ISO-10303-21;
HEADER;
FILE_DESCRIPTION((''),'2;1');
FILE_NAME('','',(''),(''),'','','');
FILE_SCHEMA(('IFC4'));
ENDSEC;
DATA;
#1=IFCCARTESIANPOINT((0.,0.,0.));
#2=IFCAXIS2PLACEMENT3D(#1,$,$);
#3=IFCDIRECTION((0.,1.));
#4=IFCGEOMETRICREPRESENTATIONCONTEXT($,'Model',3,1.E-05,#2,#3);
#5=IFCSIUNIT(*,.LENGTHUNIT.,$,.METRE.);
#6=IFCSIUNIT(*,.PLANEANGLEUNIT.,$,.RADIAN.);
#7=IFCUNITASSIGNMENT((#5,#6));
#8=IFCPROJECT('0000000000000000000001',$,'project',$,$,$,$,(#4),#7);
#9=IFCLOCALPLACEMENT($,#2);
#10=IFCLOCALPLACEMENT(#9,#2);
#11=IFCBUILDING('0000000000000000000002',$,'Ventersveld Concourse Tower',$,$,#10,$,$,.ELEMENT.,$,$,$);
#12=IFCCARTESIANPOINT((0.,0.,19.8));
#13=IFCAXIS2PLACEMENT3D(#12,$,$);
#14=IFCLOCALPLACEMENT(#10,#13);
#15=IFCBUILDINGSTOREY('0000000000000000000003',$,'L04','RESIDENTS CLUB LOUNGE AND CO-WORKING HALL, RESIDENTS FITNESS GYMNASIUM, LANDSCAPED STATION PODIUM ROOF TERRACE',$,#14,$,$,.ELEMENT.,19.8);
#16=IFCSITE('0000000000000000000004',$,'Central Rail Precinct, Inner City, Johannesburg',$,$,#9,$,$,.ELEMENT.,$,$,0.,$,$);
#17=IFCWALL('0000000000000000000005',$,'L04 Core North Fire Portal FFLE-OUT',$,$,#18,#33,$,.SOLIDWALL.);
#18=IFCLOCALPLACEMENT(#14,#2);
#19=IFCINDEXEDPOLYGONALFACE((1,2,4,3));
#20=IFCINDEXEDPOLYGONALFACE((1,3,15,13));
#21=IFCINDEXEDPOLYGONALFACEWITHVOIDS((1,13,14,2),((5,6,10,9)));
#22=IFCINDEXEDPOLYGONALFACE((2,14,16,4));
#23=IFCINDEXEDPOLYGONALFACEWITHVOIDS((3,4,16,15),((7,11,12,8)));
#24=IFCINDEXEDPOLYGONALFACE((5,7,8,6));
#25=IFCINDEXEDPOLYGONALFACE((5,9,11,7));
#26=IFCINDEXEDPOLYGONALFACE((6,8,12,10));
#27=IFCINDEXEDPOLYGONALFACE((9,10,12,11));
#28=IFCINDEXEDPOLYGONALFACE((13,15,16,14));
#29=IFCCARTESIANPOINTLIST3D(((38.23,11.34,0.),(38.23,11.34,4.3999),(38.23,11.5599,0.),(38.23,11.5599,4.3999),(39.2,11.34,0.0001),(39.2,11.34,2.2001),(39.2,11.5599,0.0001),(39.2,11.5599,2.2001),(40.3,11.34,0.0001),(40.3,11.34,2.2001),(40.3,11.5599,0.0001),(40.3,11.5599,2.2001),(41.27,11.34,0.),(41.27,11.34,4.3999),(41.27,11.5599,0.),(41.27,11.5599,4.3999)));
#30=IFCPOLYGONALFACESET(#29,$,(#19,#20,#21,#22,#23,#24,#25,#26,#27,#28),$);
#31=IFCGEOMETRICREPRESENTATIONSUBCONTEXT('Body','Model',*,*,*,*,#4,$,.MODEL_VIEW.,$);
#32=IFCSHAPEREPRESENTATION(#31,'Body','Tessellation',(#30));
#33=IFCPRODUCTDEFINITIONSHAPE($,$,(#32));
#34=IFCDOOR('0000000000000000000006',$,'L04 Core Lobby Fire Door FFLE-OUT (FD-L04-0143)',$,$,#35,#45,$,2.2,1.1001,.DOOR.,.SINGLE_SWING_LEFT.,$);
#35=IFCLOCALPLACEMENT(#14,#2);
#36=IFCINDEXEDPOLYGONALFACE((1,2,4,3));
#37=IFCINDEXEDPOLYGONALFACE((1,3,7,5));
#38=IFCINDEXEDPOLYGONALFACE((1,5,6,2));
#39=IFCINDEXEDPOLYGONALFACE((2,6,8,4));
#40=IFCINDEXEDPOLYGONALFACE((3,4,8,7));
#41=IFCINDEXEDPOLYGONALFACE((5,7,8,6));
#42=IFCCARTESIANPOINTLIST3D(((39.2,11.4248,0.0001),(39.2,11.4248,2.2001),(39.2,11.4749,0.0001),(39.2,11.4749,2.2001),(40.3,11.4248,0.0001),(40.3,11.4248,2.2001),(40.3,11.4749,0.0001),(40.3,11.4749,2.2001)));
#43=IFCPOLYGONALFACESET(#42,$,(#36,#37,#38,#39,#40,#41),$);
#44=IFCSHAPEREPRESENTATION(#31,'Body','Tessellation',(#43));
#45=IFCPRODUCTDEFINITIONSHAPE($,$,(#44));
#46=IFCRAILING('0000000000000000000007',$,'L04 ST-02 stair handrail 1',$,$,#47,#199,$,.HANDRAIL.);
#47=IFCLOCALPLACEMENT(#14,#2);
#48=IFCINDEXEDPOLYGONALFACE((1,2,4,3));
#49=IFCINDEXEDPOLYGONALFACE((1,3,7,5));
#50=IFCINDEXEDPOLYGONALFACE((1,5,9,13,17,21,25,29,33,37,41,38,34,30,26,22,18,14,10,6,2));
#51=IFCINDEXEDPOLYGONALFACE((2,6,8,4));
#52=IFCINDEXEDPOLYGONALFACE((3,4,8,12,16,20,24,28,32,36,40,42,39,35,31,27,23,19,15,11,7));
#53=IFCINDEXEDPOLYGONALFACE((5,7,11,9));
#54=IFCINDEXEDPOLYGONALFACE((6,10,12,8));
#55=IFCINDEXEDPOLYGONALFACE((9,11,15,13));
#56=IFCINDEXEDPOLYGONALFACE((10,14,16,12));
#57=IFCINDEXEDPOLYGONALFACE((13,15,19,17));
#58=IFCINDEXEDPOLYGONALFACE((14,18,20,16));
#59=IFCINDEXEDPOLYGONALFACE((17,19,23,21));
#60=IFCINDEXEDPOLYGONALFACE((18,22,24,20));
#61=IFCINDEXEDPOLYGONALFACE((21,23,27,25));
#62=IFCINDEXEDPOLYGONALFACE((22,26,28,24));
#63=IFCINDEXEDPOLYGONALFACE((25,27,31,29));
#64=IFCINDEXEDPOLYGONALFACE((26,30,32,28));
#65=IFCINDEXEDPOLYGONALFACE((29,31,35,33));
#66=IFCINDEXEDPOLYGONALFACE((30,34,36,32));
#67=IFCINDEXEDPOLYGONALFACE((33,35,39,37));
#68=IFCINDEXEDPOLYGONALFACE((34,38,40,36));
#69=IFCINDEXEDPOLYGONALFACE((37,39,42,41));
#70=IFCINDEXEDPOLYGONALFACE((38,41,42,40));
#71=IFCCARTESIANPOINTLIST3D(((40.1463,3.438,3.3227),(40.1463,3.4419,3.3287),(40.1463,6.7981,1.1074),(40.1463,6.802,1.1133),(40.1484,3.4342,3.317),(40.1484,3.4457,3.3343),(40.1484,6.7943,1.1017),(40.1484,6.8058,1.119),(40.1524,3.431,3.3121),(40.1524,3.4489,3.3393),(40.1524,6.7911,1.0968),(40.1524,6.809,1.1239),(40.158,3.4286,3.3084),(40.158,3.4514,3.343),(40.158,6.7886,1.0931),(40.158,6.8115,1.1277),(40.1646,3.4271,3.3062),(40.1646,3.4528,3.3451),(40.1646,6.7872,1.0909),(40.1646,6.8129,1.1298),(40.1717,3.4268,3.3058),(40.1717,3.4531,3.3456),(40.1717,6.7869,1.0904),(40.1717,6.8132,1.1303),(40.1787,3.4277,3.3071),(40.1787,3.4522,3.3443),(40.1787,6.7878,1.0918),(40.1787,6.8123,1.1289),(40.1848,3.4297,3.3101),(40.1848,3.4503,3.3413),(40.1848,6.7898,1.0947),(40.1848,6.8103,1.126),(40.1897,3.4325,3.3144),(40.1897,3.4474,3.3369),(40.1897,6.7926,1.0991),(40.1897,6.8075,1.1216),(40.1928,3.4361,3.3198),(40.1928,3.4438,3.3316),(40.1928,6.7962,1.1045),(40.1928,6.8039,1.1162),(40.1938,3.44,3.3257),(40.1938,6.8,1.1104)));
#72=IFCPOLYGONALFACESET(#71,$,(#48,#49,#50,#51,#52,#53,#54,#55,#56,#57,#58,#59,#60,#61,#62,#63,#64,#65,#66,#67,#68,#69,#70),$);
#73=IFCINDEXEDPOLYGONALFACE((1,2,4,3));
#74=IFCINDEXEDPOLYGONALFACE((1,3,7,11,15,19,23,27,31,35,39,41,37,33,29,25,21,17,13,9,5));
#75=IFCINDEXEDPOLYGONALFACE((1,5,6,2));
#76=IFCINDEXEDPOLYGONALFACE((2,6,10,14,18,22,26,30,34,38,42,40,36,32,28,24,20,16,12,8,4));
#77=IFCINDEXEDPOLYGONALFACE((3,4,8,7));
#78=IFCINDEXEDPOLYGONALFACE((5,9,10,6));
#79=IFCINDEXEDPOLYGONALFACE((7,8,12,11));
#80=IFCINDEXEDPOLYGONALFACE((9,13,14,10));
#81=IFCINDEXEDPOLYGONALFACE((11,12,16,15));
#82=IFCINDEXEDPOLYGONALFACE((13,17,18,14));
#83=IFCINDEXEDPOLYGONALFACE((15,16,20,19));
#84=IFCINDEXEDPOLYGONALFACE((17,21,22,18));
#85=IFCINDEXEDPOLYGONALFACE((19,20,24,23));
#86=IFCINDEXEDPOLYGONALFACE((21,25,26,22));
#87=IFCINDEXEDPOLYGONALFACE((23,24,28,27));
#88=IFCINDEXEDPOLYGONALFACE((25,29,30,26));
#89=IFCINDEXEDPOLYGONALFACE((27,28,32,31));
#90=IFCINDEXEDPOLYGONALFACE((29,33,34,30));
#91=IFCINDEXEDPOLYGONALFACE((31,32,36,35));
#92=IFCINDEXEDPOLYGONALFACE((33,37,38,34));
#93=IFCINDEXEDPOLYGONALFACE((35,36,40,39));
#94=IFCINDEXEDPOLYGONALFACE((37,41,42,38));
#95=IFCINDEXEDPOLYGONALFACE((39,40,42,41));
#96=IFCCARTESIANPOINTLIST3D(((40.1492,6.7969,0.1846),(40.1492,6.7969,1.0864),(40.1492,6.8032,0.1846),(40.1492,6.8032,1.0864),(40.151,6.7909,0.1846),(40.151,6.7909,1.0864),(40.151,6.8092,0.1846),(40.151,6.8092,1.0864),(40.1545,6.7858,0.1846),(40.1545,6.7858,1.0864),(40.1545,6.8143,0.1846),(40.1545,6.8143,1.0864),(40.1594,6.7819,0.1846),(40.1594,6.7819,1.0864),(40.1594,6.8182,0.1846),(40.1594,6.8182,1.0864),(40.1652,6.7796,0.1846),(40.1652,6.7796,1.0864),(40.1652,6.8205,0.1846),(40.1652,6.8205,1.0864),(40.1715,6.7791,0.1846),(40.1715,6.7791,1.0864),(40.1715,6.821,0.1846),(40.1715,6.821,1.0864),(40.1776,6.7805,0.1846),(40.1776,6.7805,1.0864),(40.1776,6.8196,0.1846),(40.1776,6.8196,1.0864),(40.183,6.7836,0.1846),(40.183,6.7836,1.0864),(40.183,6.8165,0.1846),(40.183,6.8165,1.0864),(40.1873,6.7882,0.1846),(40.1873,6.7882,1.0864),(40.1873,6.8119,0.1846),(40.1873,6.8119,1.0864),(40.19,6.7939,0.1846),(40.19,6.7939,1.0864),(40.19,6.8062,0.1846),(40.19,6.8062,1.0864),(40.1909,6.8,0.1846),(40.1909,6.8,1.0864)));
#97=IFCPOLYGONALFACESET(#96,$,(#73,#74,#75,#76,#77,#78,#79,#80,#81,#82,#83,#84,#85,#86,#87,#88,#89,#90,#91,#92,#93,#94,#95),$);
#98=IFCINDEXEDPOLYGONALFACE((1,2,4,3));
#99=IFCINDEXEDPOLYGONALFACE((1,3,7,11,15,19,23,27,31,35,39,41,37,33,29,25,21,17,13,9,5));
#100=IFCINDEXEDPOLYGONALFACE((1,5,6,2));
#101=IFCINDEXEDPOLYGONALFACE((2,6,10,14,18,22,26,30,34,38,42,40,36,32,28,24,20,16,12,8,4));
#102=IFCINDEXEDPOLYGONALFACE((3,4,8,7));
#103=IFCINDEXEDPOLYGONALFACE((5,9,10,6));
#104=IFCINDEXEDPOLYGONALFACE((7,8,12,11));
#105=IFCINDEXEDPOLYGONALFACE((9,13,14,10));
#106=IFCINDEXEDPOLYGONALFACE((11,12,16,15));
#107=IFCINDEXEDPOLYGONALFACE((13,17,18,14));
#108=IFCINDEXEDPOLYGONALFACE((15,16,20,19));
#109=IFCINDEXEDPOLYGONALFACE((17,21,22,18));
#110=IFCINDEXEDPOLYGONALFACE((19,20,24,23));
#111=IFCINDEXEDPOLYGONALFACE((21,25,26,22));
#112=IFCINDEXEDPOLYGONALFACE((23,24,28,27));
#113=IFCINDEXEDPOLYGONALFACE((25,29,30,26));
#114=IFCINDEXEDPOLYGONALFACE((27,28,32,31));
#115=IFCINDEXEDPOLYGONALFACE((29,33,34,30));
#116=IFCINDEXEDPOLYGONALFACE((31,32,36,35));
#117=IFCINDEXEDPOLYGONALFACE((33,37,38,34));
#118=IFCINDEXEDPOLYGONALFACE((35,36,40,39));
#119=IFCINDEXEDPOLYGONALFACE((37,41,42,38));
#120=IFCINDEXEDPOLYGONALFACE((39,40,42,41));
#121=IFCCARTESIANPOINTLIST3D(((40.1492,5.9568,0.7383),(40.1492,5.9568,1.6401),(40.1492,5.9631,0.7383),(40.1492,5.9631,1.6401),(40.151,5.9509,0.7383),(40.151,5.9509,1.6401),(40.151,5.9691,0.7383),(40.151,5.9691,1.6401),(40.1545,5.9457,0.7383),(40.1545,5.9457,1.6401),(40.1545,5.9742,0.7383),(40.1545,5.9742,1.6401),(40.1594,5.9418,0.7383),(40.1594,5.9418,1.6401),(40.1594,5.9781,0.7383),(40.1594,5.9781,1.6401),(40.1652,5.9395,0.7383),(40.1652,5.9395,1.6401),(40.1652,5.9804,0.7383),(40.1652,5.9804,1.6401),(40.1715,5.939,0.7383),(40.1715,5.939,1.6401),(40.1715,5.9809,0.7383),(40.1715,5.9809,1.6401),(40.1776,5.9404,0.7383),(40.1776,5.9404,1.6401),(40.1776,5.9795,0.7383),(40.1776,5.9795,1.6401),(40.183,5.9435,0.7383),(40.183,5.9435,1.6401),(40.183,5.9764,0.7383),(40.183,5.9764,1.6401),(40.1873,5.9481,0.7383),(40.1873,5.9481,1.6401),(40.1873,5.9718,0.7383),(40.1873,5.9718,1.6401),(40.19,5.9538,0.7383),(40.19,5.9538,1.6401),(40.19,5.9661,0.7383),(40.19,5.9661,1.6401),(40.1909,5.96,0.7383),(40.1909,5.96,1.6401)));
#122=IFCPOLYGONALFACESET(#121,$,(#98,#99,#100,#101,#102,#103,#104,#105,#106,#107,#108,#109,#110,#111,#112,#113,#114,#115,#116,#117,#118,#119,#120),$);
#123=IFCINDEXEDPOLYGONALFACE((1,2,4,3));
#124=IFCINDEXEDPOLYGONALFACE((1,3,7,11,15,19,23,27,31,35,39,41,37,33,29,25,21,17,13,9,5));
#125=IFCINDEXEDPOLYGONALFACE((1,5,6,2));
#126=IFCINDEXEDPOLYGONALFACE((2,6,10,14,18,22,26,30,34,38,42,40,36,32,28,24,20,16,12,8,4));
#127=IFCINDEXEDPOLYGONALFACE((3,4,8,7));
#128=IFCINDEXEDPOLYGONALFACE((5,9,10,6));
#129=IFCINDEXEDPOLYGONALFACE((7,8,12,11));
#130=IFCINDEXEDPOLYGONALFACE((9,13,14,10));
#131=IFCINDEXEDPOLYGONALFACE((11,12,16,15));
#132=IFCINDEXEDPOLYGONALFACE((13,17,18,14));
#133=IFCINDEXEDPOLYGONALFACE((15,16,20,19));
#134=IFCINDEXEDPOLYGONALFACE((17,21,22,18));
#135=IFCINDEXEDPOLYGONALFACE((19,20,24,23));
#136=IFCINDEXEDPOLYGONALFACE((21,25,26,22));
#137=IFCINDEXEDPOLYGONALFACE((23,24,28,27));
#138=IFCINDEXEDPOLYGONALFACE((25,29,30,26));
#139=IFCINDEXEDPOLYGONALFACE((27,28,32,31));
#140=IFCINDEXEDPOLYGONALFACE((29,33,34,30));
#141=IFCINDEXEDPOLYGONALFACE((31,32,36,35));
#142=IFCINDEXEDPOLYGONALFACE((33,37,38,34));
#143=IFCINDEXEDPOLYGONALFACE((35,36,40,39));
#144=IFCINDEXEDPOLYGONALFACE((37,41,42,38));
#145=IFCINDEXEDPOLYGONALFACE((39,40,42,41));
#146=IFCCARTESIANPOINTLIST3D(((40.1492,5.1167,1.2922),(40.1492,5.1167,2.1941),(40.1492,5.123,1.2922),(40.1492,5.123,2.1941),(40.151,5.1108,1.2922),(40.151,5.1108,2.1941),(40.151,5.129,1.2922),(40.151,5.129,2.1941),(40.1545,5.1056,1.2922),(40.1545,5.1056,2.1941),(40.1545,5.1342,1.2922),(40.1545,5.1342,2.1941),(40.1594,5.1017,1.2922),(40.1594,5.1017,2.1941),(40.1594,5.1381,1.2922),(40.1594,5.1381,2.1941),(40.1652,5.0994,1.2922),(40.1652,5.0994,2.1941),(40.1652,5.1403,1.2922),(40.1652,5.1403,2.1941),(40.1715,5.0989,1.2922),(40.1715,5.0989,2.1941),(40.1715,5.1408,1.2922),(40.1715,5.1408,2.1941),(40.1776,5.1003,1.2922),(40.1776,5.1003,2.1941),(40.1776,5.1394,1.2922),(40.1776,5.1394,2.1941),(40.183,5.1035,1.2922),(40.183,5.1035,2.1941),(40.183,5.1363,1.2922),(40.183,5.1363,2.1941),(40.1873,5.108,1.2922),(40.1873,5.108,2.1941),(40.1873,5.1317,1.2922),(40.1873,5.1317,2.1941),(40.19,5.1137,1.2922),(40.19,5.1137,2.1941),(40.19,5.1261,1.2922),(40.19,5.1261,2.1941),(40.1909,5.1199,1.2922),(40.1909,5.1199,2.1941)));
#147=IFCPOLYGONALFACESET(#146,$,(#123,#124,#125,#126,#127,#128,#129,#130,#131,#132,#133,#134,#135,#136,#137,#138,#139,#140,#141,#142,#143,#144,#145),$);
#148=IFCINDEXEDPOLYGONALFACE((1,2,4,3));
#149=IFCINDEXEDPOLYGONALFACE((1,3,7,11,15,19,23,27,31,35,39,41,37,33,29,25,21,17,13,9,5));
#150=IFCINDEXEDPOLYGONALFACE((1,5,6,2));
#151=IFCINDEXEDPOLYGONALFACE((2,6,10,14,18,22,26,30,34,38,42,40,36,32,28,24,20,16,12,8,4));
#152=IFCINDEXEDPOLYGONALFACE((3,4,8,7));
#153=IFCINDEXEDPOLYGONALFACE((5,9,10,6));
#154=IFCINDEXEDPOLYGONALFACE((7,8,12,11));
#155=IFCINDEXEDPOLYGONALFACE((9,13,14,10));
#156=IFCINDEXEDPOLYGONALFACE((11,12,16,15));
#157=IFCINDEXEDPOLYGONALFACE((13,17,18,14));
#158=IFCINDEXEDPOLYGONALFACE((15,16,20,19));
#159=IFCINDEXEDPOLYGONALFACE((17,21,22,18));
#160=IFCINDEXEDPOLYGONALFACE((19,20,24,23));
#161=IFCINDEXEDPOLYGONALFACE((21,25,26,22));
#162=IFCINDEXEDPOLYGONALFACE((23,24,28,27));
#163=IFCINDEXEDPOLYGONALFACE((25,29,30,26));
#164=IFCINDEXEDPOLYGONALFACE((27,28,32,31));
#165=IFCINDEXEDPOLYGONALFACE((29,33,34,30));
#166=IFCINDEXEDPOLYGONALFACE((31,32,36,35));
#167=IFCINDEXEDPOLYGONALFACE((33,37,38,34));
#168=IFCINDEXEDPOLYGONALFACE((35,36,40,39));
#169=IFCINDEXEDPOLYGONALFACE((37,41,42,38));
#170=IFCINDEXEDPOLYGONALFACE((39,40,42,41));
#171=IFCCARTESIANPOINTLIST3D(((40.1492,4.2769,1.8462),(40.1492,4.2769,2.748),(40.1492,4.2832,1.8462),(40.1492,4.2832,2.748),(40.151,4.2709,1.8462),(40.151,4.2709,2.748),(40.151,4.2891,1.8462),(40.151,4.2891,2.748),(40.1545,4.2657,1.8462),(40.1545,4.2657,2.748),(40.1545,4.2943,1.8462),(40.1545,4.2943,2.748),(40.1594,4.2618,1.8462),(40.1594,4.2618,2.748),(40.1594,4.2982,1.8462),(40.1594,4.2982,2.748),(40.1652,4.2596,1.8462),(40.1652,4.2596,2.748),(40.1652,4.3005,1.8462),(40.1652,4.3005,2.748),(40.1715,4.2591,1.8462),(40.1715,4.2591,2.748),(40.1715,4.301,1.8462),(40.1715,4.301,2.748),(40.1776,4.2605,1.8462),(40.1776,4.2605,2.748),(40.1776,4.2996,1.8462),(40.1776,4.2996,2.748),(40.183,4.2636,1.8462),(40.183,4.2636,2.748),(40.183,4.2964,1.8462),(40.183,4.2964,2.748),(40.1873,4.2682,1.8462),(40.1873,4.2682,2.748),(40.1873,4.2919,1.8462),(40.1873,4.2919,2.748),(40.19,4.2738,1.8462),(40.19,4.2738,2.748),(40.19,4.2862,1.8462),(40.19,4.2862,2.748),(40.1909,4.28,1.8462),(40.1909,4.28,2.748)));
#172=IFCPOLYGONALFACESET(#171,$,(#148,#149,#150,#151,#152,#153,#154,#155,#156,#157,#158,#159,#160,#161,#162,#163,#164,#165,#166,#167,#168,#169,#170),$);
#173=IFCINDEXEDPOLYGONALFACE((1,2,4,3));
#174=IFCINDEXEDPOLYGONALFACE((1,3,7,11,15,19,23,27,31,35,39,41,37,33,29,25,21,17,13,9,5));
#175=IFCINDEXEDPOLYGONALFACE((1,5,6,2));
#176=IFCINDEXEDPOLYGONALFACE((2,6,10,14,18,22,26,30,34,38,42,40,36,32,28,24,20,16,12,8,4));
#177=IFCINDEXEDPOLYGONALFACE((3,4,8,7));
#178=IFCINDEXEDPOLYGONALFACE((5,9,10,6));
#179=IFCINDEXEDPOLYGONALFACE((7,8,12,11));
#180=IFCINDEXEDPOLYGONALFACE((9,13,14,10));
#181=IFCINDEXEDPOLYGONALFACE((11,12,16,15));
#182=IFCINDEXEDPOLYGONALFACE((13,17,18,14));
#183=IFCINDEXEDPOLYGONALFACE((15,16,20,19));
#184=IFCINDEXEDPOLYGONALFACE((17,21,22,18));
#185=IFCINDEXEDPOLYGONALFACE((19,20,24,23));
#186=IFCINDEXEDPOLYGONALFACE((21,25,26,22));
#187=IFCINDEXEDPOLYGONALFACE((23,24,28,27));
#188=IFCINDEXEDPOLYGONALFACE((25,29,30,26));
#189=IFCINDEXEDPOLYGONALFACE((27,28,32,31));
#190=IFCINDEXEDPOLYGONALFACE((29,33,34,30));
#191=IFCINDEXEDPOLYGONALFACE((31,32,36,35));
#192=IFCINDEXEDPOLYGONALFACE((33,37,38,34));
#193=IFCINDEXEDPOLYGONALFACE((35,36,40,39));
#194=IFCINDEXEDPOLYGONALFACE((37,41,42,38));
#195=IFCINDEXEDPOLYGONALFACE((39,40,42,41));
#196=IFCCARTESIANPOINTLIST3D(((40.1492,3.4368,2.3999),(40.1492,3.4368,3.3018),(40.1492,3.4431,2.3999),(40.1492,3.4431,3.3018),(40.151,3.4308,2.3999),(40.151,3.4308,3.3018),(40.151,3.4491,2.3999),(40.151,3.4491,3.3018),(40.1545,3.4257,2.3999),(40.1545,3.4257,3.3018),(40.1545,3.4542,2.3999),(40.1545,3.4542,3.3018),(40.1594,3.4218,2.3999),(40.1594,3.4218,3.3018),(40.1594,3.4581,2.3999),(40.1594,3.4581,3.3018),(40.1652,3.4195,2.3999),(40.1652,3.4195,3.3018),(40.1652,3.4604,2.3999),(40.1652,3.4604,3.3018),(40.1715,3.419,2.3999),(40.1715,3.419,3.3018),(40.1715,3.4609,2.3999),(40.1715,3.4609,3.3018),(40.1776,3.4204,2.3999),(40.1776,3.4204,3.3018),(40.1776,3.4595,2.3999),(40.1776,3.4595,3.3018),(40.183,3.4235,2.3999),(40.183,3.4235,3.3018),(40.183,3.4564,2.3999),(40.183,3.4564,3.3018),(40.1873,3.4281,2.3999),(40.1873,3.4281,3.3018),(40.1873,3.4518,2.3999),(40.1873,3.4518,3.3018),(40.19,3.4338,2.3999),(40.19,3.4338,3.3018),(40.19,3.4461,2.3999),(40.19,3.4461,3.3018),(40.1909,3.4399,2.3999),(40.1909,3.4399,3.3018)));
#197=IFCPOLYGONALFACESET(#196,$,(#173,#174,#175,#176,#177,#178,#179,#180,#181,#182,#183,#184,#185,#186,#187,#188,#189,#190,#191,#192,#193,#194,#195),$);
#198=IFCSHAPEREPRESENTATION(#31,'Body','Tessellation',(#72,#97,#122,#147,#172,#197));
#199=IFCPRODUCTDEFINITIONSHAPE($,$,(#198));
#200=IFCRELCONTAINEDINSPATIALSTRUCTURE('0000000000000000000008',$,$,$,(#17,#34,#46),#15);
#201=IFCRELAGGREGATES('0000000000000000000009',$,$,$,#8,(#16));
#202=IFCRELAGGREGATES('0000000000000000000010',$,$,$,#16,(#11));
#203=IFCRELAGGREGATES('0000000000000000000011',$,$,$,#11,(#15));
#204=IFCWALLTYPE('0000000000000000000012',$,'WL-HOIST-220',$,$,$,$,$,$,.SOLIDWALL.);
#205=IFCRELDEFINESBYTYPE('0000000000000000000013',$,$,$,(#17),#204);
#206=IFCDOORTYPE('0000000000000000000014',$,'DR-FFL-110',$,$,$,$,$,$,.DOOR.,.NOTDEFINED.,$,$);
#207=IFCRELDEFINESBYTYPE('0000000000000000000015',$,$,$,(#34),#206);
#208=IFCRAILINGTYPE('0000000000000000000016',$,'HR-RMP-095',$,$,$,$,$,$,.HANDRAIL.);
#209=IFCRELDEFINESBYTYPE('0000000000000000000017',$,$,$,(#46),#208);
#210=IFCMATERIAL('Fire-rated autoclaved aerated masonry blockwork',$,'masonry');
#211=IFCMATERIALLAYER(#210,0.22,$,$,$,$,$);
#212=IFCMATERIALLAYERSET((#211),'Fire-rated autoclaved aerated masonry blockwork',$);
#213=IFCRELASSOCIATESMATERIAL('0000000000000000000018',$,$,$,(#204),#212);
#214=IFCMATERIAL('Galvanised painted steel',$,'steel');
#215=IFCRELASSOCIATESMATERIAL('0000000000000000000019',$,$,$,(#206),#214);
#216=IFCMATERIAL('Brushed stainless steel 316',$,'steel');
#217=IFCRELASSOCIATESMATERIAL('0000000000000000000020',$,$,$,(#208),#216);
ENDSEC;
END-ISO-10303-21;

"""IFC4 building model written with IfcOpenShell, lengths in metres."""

from ifc_helpers import new_model, si_unit, direction, frame, frame_2d, origin, origin_2d, place, context, subcontext, project, spatial, rectangle, circle, extrude, material, layer, layer_set, type_object, element, fill, save


model = new_model("IFC4")

# Units and contexts
model_context = context("Model", 3, precision=1e-05, world=origin(), true_north=direction((0.0, 1.0)))
body_context = subcontext(model_context, "Body", "Model", "MODEL_VIEW")
ifc_project = project(units=[si_unit("LENGTHUNIT", "METRE"), si_unit("PLANEANGLEUNIT", "RADIAN")], contexts=[model_context])

# Site, building, storey
site_placement = place(None, origin())
site = spatial("IfcSite", under=ifc_project, at=site_placement, Name="Central Rail Precinct, Inner City, Johannesburg", CompositionType="ELEMENT", RefElevation=0.0)
building_placement = place(site_placement, origin())
building = spatial("IfcBuilding", under=site, at=building_placement, Name="Ventersveld Concourse Tower", CompositionType="ELEMENT")
storey_placement = place(building_placement, frame((0.0, 0.0, 19.8)))
storey = spatial("IfcBuildingStorey", under=building, at=storey_placement, Name="L04", Description="RESIDENTS CLUB LOUNGE AND CO-WORKING HALL, RESIDENTS FITNESS GYMNASIUM, LANDSCAPED STATION PODIUM ROOF TERRACE", CompositionType="ELEMENT", Elevation=19.8)

# Shared definitions
ifc_material_1 = material(Name="Fire-rated autoclaved aerated masonry blockwork", Category="masonry")

# Shared definitions
ifc_layer_1 = layer(ifc_material_1, 0.22)
ifc_layer_set_1 = layer_set([ifc_layer_1], Name="Fire-rated autoclaved aerated masonry blockwork")
wall_type_1 = type_object("IfcWallType", Name="WL-HOIST-220", PredefinedType="SOLIDWALL", material=ifc_layer_set_1)

# Wall, opening, door
ifc_material_2 = material(Name="Brushed stainless steel 316", Category="steel")
ifc_material_3 = material(Name="Galvanised painted steel", Category="steel")
door_type_1 = type_object("IfcDoorType", Name="DR-FFL-110", OperationType="NOTDEFINED", PredefinedType="DOOR", material=ifc_material_3)
wall_1_placement = place(storey_placement, frame((38.23, 11.45, 0.0), z_axis=(0.0, 0.0, 1.0), x_axis=(1.0, 0.0, 0.0)))
wall_1 = element("IfcWall", 1, at=wall_1_placement, inside=storey, type_object=wall_type_1, Name="L04 Core North Fire Portal FFLE-OUT", PredefinedType="SOLIDWALL", context=body_context, shape_type="SweptSolid", body=[
    extrude(rectangle(XDim=3.04, YDim=0.22, at=frame_2d((1.52, 0.0))), origin(), (0.0, 0.0, 1.0), 4.3999),
])
opening_1_placement = place(wall_1_placement, frame((0.97, 0.0, 0.0)))
opening_1 = element("IfcOpeningElement", 2, at=opening_1_placement, cuts=wall_1, PredefinedType="OPENING", context=body_context, shape_type="SweptSolid", body=[
    extrude(rectangle(XDim=1.1001, YDim=2.2, at=frame_2d((0.55, 1.1001))), frame((0.0, 0.1201, 0.0), z_axis=(0.0, -1.0, 0.0), x_axis=(1.0, 0.0, 0.0)), (0.0, 0.0, 1.0), 0.24),
])
door_1_placement = place(opening_1_placement, origin())
door_1 = element("IfcDoor", 3, at=door_1_placement, inside=storey, type_object=door_type_1, Name="L04 Core Lobby Fire Door FFLE-OUT (FD-L04-0143)", OperationType="SINGLE_SWING_LEFT", OverallHeight=2.2, OverallWidth=1.1001, PredefinedType="DOOR", context=body_context, shape_type="SweptSolid", body=[
    extrude(rectangle(XDim=1.1001, YDim=2.2, at=frame_2d((0.55, 1.1001))), frame((0.0, 0.0249, 0.0), z_axis=(0.0, -1.0, 0.0), x_axis=(1.0, 0.0, 0.0)), (0.0, 0.0, 1.0), 0.05),
])
fill(opening_1, door_1)

# Railing
railing_type = type_object("IfcRailingType", Name="HR-RMP-095", PredefinedType="HANDRAIL", material=ifc_material_2)
railing_placement = place(storey_placement, frame((40.1699, 6.8, 0.1846)))
element("IfcRailing", 4, at=railing_placement, inside=storey, type_object=railing_type, Name="L04 ST-02 stair handrail 1", PredefinedType="HANDRAIL", context=body_context, shape_type="SweptSolid", body=[
    extrude(circle(Radius=0.0239, at=origin_2d()), frame((0.0, 0.0, 0.9258), z_axis=(0.0, -0.834876, 0.550437), x_axis=(1.0, 0.0, 0.0)), (0.0, 0.0, 1.0), 4.0247),
    extrude(circle(Radius=0.021, at=origin_2d()), origin(), (0.0, 0.0, 1.0), 0.9019),
    extrude(circle(Radius=0.021, at=origin_2d()), frame((0.0, -0.8401, 0.5537)), (0.0, 0.0, 1.0), 0.9019),
    extrude(circle(Radius=0.021, at=origin_2d()), frame((0.0, -1.6802, 1.1077)), (0.0, 0.0, 1.0), 0.9019),
    extrude(circle(Radius=0.021, at=origin_2d()), frame((0.0, -2.52, 1.6616)), (0.0, 0.0, 1.0), 0.9019),
    extrude(circle(Radius=0.021, at=origin_2d()), frame((0.0, -3.3601, 2.2153)), (0.0, 0.0, 1.0), 0.9019),
])

save(model, "model.ifc")
